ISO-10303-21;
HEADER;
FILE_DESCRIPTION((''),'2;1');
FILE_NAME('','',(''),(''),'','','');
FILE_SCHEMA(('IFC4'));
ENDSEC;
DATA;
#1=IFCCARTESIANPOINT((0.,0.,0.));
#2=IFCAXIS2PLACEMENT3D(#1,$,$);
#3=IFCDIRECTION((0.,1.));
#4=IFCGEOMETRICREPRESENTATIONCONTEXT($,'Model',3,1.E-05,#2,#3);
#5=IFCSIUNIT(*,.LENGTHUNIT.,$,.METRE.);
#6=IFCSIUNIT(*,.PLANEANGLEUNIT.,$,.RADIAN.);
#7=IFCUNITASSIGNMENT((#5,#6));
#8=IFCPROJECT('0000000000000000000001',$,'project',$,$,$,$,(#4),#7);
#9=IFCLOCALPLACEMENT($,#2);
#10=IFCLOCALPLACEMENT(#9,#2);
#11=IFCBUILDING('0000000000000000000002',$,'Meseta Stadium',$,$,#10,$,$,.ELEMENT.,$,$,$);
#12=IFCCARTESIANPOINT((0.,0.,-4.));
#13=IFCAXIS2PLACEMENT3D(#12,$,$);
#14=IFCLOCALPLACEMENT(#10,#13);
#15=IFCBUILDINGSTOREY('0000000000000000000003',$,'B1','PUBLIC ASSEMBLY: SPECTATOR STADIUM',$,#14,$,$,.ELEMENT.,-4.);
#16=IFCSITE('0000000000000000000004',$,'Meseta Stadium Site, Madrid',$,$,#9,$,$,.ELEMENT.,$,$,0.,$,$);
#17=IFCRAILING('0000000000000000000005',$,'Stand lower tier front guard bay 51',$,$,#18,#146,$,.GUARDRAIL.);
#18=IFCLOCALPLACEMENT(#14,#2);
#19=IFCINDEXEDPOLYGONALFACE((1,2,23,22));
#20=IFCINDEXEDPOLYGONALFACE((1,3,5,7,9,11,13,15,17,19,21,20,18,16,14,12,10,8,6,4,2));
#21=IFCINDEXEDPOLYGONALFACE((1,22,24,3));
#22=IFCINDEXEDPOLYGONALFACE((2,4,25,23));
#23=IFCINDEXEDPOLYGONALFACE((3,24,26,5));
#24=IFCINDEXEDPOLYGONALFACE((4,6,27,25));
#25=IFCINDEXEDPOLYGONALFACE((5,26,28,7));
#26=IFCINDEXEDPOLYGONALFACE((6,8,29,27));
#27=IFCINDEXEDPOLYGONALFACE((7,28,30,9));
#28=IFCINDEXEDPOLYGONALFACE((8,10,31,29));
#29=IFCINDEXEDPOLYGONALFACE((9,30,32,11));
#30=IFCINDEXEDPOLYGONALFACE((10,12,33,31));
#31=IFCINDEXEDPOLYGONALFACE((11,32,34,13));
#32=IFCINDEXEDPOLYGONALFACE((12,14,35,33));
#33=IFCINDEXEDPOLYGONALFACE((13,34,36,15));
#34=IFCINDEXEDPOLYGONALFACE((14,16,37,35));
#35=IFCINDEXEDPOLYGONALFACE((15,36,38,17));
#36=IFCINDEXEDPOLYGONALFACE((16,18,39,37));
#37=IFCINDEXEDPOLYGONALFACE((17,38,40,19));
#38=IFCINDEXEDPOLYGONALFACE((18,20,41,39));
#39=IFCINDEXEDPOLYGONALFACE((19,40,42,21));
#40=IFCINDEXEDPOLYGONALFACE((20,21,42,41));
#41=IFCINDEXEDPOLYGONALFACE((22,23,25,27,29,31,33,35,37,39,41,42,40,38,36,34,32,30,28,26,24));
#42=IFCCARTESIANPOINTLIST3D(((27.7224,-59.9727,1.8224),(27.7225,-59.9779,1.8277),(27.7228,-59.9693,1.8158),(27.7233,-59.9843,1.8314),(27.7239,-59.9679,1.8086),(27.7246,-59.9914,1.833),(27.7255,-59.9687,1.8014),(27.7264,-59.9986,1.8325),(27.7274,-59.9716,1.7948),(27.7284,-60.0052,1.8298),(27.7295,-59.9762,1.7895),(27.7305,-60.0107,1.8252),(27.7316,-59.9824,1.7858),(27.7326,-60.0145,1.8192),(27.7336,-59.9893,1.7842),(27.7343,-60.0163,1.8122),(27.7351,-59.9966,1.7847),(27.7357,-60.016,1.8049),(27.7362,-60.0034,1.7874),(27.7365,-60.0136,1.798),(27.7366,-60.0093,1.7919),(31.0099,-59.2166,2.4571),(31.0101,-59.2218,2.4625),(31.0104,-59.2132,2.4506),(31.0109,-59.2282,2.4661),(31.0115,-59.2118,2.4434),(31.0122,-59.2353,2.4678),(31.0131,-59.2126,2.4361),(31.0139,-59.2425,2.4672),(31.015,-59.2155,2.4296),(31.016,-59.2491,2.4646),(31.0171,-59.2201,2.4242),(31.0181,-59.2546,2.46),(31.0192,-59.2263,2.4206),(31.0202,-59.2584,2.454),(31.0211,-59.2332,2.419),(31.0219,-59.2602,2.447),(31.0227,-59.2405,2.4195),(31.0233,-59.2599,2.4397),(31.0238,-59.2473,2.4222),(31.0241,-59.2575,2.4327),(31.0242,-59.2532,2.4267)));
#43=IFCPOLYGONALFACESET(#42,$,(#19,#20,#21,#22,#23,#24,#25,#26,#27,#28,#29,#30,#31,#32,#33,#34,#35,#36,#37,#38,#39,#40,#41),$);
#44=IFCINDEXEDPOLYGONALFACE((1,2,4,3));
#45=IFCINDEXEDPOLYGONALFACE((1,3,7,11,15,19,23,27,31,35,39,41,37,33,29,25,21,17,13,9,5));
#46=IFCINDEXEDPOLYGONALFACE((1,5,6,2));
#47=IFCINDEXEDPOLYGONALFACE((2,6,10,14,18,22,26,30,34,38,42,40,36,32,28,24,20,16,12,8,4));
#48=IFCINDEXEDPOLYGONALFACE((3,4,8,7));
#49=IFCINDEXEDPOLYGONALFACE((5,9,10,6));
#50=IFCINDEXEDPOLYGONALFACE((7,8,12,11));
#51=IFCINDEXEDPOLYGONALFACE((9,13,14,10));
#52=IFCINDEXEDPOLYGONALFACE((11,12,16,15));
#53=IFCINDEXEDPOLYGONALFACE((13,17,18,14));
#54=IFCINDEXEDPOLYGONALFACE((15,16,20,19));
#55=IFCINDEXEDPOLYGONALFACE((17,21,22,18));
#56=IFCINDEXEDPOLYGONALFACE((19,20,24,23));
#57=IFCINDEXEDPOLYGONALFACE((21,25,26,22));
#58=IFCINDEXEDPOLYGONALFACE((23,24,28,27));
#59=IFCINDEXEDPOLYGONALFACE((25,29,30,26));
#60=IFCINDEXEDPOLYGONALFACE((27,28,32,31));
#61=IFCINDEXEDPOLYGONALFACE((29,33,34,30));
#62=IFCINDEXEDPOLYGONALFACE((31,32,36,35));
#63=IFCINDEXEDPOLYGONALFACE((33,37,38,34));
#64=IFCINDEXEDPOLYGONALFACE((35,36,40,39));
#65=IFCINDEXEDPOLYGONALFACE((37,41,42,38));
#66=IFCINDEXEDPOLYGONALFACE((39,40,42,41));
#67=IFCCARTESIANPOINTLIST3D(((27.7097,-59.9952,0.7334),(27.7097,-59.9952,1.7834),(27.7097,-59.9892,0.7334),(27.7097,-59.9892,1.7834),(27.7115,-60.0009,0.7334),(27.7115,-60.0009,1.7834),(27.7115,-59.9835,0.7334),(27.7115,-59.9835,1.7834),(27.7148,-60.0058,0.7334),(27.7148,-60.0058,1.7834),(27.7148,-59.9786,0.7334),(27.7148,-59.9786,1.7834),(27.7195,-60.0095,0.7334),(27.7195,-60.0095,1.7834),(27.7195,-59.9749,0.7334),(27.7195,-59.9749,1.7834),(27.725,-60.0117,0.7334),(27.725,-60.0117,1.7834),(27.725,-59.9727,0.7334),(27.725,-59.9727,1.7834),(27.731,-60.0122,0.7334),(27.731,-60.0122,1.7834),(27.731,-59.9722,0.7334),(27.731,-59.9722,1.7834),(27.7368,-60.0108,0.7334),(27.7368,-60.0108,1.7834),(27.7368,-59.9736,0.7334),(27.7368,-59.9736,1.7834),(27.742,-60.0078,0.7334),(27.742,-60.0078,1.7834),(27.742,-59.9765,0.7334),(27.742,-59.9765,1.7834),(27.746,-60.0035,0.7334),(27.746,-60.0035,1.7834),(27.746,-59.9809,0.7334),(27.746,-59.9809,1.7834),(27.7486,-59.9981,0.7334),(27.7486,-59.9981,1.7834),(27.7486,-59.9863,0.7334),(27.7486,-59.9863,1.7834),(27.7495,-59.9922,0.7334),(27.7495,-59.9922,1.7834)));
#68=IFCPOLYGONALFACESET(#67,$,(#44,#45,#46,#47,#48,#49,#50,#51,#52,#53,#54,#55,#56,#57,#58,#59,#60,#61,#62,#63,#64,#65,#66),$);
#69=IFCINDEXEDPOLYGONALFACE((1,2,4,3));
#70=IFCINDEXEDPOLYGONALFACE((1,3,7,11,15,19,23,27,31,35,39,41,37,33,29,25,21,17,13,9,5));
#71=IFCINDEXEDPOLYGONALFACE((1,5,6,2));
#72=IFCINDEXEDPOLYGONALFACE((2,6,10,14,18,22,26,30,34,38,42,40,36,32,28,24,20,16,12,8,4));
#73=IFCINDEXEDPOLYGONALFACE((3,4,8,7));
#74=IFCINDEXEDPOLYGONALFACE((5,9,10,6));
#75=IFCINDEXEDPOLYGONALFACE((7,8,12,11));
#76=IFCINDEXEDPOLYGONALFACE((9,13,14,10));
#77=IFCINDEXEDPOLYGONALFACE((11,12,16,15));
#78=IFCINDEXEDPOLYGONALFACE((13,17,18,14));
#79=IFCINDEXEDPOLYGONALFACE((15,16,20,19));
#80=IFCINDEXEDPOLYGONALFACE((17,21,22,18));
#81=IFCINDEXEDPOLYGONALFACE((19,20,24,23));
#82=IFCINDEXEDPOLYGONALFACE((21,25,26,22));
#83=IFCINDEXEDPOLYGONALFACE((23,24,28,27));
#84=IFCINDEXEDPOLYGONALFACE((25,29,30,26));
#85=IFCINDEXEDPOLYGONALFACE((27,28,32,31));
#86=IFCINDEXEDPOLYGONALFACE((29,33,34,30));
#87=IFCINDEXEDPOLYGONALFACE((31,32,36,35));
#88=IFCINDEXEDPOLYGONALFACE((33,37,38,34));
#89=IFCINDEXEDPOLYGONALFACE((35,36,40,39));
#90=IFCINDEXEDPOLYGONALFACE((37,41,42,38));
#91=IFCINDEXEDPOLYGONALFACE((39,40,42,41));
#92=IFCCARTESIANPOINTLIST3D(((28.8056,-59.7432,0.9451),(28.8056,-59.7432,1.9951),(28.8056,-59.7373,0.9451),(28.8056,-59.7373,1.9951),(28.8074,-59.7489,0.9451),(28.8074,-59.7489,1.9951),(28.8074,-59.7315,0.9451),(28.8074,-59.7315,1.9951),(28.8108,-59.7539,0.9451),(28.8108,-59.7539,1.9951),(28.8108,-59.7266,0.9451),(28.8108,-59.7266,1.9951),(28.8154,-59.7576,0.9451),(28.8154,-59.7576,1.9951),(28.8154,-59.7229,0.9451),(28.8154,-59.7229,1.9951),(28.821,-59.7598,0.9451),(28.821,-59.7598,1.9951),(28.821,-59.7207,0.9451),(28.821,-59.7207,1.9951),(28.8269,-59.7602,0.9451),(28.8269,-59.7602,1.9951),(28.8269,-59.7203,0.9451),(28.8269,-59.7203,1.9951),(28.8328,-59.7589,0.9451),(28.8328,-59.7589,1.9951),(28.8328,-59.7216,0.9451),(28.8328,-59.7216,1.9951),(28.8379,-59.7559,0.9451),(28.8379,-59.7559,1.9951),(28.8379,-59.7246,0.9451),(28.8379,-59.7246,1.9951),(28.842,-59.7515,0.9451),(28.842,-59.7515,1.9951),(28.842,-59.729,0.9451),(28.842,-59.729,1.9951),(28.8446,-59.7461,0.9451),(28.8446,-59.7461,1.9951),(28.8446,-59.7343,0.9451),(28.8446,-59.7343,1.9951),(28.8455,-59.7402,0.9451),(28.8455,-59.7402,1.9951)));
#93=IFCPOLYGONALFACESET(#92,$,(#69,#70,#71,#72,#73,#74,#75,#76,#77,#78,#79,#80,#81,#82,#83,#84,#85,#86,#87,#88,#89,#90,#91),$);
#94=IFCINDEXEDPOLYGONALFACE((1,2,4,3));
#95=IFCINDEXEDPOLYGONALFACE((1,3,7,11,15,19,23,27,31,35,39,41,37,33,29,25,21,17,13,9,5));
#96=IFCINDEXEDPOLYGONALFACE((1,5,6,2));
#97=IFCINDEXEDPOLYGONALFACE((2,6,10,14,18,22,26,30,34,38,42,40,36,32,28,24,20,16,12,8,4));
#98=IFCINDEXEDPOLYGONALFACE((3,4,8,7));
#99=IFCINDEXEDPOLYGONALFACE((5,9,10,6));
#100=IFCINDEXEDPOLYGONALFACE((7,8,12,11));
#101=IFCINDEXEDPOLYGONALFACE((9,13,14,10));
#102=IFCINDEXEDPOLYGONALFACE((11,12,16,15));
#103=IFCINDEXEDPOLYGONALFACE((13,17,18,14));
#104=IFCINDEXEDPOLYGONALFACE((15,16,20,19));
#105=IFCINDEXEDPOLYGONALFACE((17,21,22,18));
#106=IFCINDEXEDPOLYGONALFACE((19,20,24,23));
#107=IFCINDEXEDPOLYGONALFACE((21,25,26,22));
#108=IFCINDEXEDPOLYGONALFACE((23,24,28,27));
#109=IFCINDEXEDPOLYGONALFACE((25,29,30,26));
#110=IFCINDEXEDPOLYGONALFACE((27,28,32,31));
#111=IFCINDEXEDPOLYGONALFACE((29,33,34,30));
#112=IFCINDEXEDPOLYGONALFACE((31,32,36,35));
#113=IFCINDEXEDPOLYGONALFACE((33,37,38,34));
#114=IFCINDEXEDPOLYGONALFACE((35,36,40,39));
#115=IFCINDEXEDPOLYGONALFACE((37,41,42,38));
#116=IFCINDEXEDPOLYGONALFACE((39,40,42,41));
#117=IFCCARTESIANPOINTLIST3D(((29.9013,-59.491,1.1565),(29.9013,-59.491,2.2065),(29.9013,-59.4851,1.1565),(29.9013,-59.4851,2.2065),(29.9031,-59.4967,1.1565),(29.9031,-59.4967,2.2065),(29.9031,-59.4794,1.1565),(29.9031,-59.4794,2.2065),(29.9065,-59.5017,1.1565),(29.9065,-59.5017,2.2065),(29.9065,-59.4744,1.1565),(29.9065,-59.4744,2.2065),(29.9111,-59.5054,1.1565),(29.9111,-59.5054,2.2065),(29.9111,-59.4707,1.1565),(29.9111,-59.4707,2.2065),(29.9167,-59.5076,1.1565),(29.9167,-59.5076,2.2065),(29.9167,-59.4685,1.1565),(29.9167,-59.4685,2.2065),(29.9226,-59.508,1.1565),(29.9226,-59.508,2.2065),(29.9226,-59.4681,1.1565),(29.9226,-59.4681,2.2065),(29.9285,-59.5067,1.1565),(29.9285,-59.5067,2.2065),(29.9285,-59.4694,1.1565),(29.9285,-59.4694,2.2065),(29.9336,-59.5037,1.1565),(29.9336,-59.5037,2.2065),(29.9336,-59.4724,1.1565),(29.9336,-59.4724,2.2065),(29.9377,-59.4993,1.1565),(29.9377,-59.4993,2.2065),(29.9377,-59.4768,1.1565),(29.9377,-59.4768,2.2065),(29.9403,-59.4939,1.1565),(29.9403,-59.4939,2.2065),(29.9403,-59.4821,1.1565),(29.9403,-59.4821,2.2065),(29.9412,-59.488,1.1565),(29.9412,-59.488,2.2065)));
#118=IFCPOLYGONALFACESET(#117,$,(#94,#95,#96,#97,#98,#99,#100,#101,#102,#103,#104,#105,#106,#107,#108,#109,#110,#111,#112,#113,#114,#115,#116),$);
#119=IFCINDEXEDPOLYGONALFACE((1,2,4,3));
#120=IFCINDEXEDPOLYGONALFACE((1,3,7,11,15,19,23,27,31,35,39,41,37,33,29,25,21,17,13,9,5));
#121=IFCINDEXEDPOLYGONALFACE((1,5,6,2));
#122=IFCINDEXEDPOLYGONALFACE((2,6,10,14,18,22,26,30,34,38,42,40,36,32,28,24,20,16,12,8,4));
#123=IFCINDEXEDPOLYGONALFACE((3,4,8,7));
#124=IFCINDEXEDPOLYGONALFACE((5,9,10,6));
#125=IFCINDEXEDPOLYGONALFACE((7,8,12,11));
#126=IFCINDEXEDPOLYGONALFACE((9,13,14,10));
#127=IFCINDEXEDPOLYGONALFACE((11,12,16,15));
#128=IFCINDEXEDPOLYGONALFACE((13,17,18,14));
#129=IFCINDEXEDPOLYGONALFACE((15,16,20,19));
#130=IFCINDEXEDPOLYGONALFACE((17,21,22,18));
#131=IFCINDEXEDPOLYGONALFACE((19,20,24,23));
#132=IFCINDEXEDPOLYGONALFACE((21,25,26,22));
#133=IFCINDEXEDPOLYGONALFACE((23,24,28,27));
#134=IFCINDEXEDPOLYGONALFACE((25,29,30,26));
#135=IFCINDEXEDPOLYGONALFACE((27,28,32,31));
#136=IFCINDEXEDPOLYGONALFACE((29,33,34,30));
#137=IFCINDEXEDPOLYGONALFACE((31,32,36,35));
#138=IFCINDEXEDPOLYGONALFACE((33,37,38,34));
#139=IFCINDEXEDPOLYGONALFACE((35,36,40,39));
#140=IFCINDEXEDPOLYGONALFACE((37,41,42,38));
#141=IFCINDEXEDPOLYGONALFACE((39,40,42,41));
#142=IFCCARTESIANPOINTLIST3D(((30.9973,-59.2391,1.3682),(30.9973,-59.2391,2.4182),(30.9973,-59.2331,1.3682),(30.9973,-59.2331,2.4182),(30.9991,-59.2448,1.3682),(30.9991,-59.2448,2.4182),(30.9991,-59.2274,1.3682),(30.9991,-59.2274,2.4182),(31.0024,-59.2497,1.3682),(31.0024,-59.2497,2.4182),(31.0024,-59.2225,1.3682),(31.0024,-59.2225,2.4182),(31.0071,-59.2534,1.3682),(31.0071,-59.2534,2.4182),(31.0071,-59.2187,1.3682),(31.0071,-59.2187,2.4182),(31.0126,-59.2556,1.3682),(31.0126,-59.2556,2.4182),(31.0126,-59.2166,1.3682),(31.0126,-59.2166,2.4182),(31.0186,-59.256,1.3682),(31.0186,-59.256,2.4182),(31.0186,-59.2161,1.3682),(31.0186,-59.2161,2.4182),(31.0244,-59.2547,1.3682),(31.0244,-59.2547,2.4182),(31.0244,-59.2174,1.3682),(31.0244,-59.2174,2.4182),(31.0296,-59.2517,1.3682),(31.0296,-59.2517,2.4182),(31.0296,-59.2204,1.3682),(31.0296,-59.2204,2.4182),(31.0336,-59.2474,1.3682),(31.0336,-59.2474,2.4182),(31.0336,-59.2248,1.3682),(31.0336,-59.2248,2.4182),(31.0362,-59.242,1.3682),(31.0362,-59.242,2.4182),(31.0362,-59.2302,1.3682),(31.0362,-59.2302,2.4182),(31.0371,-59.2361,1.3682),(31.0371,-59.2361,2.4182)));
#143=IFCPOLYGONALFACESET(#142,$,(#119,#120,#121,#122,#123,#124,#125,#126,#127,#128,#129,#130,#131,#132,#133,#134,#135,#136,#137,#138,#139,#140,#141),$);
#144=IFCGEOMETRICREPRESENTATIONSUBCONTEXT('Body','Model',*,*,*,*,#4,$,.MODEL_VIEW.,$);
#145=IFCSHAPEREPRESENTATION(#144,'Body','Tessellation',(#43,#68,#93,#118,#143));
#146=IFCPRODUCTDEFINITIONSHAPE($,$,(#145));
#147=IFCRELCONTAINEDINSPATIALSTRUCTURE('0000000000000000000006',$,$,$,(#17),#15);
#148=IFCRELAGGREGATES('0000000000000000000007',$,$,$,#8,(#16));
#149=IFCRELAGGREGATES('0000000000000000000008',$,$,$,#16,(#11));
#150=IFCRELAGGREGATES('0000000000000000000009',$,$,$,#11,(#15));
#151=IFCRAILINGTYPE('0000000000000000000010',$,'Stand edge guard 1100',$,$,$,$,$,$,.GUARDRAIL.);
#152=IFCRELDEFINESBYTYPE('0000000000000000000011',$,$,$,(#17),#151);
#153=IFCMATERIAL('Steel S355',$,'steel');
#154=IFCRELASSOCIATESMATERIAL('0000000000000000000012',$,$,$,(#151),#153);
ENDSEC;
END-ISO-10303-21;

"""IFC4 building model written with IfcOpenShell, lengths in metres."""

from ifc_helpers import new_model, si_unit, direction, frame, origin, origin_2d, place, context, subcontext, project, spatial, circle, extrude, material, type_object, element, save


model = new_model("IFC4")

# Units and contexts
model_context = context("Model", 3, precision=1e-05, world=origin(), true_north=direction((0.0, 1.0)))
body_context = subcontext(model_context, "Body", "Model", "MODEL_VIEW")
ifc_project = project(units=[si_unit("LENGTHUNIT", "METRE"), si_unit("PLANEANGLEUNIT", "RADIAN")], contexts=[model_context])

# Site, building, storey
site_placement = place(None, origin())
site = spatial("IfcSite", under=ifc_project, at=site_placement, Name="Meseta Stadium Site, Madrid", CompositionType="ELEMENT", RefElevation=0.0)
building_placement = place(site_placement, origin())
building = spatial("IfcBuilding", under=site, at=building_placement, Name="Meseta Stadium", CompositionType="ELEMENT")
storey_placement = place(building_placement, frame((0.0, 0.0, -4.0)))
storey = spatial("IfcBuildingStorey", under=building, at=storey_placement, Name="B1", Description="PUBLIC ASSEMBLY: SPECTATOR STADIUM", CompositionType="ELEMENT", Elevation=-4.0)

# Railing
ifc_material_1 = material(Name="Steel S355", Category="steel")
railing_type = type_object("IfcRailingType", Name="Stand edge guard 1100", PredefinedType="GUARDRAIL", material=ifc_material_1)
railing_1_placement = place(storey_placement, frame((27.7295, -59.9922, 0.7334)))
element("IfcRailing", 1, at=railing_1_placement, inside=storey, type_object=railing_type, Name="Stand lower tier front guard bay 51", PredefinedType="GUARDRAIL", context=body_context, shape_type="SweptSolid", body=[
    extrude(circle(Radius=0.0249, at=origin_2d()), frame((0.0, 0.0, 1.0752), z_axis=(0.95775, 0.22027, 0.184921), x_axis=(-0.224135, 0.974558, 0.0)), (0.0, 0.0, 1.0), 3.4326),
    extrude(circle(Radius=0.02, at=origin_2d()), origin(), (0.0, 0.0, 1.0), 1.05),
    extrude(circle(Radius=0.02, at=origin_2d()), frame((1.0959, 0.252, 0.2117)), (0.0, 0.0, 1.0), 1.05),
    extrude(circle(Radius=0.02, at=origin_2d()), frame((2.1917, 0.5042, 0.4231)), (0.0, 0.0, 1.0), 1.05),
    extrude(circle(Radius=0.02, at=origin_2d()), frame((3.2876, 0.7561, 0.6348)), (0.0, 0.0, 1.0), 1.05),
])

save(model, "model.ifc")
